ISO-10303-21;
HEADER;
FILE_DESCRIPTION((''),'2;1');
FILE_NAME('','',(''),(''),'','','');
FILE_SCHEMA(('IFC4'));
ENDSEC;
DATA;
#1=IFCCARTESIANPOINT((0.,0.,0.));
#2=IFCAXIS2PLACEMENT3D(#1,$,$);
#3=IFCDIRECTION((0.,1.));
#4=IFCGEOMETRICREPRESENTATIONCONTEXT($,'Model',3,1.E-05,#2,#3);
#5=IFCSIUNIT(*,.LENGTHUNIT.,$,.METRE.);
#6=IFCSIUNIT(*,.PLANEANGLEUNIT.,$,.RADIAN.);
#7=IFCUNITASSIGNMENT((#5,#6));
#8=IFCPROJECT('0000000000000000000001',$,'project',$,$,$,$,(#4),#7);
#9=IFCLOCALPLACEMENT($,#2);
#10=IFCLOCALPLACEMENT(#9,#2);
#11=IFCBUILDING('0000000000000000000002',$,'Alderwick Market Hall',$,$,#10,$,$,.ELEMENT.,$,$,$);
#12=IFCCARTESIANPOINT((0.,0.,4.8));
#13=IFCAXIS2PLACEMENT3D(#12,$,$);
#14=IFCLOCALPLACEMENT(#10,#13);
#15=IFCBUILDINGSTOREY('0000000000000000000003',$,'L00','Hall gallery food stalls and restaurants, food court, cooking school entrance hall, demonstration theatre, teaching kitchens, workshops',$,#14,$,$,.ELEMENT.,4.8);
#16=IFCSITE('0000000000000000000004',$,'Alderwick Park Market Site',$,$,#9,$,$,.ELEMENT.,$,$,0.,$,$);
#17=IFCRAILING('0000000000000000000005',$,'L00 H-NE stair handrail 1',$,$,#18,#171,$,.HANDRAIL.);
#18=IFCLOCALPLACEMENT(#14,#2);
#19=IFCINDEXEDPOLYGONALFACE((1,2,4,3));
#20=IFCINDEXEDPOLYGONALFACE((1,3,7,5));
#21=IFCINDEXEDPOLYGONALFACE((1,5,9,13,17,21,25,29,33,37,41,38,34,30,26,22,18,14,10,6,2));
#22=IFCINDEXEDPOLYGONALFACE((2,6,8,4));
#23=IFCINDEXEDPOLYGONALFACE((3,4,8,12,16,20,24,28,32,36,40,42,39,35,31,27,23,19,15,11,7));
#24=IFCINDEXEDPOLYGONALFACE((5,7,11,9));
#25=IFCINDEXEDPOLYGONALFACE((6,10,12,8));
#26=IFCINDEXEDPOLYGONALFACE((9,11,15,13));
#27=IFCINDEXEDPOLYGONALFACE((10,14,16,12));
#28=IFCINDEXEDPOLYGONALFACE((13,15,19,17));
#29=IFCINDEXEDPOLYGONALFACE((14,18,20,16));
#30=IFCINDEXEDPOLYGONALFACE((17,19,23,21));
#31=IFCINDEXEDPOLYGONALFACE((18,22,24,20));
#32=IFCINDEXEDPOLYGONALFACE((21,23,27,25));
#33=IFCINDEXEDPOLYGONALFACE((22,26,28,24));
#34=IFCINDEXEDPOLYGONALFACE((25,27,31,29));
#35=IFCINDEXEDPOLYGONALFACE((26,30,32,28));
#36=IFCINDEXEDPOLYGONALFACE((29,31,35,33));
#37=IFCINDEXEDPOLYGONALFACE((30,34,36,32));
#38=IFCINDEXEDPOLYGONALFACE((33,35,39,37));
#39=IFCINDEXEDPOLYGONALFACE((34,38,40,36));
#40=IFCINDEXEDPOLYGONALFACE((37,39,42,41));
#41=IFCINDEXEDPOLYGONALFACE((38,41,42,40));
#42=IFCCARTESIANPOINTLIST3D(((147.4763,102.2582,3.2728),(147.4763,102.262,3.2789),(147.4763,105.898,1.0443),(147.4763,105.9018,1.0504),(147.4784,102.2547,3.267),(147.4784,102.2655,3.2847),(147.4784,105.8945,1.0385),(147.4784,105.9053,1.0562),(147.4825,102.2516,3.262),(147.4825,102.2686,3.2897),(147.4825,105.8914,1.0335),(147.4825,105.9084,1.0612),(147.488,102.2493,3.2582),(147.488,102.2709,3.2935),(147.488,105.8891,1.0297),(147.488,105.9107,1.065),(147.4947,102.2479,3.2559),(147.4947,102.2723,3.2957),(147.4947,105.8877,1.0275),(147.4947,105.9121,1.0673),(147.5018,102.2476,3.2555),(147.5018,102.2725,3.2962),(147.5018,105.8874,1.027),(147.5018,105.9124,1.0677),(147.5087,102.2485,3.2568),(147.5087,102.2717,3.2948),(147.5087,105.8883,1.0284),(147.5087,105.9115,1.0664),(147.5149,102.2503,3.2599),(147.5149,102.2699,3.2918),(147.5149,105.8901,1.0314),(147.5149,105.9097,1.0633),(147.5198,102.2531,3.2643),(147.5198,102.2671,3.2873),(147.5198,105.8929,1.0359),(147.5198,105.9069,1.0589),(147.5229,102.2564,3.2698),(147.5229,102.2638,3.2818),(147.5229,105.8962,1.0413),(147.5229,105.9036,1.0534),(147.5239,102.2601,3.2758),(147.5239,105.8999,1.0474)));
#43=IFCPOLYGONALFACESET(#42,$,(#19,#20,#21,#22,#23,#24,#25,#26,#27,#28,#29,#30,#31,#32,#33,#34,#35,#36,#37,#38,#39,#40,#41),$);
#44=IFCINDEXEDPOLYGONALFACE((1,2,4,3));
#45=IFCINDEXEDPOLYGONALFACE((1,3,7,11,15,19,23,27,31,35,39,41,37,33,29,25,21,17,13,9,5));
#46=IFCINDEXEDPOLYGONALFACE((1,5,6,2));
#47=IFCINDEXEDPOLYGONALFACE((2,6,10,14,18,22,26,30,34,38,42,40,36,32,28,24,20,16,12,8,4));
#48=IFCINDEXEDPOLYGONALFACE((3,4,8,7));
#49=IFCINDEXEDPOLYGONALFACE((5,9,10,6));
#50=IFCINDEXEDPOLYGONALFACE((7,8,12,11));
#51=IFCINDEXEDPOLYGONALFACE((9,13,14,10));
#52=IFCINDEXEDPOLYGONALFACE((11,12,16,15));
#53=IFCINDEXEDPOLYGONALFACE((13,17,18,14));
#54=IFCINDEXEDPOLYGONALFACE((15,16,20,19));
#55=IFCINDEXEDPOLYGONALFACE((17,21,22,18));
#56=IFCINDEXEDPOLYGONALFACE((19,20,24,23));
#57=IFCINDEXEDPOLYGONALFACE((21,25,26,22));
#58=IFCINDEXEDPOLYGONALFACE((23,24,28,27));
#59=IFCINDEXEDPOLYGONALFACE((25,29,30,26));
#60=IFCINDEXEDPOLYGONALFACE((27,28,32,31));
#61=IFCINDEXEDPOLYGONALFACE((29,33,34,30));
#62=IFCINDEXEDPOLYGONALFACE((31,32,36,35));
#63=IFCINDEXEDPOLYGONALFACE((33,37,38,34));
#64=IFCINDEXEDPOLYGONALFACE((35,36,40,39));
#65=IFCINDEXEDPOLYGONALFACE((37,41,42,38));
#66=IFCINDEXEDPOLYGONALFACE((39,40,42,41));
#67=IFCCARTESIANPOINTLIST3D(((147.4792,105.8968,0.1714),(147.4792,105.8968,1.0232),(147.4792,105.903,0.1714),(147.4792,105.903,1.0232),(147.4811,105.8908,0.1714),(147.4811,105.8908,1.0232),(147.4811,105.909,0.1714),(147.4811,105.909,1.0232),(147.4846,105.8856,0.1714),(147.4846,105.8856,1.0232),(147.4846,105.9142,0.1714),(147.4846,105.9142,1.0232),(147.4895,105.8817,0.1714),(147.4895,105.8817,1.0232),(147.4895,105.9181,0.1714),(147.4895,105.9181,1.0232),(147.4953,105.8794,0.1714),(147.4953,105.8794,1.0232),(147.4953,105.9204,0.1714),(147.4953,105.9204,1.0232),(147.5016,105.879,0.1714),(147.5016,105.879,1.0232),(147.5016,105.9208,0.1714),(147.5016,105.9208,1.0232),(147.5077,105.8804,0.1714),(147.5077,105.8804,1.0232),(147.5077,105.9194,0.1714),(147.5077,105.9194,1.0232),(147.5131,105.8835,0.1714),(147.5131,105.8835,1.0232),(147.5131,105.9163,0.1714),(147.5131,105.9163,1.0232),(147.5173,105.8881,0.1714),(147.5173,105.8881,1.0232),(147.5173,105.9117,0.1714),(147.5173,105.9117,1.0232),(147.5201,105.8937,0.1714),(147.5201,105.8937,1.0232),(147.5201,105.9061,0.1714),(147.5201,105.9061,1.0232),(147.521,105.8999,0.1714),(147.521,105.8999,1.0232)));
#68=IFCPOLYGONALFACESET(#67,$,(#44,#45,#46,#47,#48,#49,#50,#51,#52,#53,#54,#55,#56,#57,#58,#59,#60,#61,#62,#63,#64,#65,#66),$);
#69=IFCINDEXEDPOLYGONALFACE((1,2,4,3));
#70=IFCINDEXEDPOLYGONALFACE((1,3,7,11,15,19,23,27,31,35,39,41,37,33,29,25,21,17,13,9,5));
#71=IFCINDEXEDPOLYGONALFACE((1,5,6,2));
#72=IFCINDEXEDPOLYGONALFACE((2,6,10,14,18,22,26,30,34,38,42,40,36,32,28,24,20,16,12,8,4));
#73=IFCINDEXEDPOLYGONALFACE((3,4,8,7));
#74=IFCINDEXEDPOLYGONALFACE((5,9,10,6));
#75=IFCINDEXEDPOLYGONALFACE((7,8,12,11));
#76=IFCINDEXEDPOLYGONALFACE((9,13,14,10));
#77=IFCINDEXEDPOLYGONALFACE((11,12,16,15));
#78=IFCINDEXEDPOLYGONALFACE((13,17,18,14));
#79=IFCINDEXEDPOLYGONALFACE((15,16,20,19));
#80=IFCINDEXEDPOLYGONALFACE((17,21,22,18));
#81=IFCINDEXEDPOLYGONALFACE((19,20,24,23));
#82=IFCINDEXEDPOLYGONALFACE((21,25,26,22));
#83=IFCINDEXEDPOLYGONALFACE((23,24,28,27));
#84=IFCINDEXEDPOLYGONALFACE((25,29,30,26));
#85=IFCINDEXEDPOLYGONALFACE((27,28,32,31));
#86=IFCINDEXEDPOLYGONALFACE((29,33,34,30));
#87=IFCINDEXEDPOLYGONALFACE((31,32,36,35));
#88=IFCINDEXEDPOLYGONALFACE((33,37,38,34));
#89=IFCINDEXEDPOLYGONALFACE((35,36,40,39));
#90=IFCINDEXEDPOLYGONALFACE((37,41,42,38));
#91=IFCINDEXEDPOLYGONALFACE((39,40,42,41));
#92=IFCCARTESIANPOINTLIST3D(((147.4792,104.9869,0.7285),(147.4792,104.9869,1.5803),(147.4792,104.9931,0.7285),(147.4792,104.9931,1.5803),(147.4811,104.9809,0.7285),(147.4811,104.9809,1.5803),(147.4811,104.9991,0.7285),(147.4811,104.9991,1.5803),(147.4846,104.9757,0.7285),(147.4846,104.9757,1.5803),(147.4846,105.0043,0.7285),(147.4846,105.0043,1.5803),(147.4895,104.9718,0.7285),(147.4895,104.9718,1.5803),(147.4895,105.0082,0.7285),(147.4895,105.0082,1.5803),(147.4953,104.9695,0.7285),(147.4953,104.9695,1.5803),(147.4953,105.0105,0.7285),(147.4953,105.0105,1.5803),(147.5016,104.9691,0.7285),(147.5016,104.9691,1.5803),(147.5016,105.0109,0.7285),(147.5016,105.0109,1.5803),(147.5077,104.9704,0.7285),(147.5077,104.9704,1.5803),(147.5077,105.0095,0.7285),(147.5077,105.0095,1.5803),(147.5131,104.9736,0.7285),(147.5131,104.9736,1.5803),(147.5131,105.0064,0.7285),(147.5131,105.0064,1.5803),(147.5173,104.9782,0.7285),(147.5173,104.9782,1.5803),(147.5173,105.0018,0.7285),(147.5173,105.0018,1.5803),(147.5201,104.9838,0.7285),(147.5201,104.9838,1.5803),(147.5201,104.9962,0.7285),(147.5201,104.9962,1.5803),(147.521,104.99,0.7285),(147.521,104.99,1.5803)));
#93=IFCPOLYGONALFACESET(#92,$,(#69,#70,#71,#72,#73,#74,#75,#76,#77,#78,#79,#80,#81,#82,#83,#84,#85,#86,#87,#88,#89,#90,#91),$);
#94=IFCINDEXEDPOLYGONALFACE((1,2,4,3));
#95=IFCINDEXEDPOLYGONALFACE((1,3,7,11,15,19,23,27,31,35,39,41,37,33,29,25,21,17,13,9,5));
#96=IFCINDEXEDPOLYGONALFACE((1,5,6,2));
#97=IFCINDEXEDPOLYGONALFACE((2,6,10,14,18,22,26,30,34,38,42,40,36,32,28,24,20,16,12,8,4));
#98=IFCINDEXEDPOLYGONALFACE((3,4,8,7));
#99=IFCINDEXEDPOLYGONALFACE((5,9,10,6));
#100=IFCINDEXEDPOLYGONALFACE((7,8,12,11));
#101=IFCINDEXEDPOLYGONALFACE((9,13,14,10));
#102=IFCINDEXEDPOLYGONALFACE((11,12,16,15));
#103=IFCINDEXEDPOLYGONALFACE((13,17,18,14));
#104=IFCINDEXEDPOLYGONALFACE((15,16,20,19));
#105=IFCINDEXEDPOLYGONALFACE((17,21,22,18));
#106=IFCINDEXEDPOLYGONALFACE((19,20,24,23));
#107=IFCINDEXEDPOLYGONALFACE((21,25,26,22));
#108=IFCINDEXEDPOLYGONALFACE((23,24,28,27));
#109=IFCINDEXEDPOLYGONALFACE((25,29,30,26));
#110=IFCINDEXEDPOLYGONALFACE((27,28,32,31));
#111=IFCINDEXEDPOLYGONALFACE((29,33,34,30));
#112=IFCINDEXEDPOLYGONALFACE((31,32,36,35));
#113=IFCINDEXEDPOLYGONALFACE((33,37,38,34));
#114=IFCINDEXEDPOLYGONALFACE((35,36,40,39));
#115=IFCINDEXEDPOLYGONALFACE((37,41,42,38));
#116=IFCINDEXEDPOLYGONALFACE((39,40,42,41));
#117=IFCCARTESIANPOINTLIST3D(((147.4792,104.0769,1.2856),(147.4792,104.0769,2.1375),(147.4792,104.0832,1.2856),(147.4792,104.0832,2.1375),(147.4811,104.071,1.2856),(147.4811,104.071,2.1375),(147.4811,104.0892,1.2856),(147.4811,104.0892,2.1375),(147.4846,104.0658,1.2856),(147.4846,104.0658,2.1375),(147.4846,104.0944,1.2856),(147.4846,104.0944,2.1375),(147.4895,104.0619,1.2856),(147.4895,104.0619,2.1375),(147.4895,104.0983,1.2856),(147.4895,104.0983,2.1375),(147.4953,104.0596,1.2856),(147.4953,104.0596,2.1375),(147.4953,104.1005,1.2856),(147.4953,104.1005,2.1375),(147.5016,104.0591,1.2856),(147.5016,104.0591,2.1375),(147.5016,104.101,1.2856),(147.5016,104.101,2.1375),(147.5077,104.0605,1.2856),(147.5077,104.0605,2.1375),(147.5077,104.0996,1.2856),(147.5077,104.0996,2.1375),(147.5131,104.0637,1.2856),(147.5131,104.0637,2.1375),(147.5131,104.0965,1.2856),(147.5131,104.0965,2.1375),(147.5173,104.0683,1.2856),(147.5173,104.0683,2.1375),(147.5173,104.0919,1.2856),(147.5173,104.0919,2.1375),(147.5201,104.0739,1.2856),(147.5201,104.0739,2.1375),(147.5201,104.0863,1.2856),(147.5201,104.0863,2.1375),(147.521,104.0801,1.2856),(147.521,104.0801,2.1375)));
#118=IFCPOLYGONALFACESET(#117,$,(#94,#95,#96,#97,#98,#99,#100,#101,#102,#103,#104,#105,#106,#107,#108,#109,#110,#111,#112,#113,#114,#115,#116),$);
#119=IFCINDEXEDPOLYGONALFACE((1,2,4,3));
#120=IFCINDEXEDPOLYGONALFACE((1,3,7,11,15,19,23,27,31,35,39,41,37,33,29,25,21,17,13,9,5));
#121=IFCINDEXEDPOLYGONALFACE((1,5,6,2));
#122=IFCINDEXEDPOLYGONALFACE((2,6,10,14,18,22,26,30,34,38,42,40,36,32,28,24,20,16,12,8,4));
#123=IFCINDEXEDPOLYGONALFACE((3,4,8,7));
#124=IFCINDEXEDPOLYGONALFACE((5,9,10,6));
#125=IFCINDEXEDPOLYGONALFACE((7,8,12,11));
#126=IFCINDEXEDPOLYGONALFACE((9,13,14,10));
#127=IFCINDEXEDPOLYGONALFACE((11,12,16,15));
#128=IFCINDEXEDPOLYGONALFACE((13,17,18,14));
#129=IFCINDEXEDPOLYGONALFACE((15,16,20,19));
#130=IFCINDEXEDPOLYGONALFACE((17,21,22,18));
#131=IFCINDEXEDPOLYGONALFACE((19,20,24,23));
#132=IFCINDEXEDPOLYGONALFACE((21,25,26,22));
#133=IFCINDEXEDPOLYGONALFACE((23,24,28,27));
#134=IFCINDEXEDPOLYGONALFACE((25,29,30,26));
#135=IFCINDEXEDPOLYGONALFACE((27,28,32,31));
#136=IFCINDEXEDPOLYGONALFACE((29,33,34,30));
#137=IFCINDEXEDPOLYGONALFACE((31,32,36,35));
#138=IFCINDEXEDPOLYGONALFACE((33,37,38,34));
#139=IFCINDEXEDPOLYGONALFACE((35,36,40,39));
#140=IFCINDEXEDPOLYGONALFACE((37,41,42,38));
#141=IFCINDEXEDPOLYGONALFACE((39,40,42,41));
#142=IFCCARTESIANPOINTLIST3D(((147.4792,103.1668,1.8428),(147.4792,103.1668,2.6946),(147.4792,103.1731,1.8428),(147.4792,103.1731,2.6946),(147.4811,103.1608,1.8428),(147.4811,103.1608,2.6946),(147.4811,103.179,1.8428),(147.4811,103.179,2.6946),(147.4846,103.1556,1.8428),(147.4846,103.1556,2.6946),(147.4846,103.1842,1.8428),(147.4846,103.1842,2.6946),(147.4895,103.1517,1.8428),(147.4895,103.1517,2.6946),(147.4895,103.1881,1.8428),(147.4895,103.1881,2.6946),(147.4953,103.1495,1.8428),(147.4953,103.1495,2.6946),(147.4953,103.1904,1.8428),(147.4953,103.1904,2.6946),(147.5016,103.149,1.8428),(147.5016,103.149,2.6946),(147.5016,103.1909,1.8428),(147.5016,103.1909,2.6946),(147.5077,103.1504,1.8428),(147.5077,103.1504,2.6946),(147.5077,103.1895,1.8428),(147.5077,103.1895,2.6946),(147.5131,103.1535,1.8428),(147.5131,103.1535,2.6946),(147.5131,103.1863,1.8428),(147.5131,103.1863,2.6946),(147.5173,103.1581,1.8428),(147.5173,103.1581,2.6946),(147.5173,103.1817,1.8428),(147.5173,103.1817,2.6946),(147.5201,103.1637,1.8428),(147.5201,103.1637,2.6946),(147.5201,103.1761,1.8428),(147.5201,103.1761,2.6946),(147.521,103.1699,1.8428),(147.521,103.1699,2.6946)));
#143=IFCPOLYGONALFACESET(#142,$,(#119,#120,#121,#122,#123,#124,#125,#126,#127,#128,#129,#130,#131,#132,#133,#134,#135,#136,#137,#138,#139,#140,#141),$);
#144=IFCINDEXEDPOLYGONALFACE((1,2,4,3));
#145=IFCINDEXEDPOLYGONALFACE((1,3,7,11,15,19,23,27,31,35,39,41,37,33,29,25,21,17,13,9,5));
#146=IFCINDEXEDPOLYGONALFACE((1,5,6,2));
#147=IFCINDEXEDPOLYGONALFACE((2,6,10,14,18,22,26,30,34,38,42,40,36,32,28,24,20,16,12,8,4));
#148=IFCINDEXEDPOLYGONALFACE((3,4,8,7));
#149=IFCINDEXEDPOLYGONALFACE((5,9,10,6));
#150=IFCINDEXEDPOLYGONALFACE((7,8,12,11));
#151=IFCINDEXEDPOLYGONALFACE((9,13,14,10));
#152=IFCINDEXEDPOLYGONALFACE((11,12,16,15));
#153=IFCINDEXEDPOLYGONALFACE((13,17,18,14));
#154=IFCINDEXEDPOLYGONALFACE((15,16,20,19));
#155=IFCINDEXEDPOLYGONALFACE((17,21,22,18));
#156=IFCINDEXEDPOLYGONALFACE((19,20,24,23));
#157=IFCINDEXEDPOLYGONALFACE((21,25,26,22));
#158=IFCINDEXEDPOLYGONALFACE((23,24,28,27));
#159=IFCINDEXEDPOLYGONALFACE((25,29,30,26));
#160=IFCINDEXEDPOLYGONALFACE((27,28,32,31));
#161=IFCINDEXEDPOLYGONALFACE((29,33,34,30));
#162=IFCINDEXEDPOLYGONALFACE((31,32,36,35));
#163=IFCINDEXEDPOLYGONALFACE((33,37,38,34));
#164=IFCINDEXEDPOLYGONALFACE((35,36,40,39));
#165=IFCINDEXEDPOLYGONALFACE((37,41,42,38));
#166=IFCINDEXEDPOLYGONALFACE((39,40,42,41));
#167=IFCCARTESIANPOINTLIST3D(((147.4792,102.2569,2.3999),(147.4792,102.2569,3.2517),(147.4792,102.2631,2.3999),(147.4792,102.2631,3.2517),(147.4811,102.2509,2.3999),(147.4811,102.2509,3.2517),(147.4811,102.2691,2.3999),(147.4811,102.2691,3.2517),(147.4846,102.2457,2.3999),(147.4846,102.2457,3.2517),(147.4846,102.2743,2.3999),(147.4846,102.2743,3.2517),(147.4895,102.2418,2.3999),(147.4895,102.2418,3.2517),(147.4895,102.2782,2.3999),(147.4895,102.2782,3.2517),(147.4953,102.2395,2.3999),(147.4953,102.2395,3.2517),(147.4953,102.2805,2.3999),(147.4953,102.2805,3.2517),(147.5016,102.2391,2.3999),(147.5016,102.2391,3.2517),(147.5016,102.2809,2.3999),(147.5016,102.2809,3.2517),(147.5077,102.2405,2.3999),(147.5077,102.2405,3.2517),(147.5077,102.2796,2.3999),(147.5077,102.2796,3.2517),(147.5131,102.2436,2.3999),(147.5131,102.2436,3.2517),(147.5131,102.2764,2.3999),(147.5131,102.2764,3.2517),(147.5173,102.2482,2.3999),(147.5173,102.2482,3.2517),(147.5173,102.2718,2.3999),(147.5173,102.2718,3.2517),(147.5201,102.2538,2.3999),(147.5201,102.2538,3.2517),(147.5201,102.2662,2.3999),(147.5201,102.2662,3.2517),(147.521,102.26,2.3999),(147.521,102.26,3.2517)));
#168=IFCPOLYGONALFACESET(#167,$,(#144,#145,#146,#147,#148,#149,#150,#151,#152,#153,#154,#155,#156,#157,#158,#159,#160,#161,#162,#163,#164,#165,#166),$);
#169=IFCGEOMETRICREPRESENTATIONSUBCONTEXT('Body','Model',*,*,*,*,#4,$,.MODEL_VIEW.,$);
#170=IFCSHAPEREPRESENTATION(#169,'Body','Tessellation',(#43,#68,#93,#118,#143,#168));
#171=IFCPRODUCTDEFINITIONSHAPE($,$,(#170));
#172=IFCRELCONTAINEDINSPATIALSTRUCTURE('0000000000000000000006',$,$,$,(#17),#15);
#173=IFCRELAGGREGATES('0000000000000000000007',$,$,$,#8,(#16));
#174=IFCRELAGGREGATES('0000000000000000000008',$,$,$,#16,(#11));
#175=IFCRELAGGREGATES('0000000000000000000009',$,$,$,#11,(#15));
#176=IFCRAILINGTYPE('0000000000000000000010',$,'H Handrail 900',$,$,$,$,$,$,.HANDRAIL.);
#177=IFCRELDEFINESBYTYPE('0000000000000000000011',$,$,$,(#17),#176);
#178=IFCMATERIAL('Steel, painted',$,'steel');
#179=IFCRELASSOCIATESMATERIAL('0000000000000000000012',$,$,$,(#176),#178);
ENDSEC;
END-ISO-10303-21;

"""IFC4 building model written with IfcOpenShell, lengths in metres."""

from ifc_helpers import new_model, si_unit, direction, frame, origin, origin_2d, place, context, subcontext, project, spatial, circle, extrude, material, type_object, element, save


model = new_model("IFC4")

# Units and contexts
model_context = context("Model", 3, precision=1e-05, world=origin(), true_north=direction((0.0, 1.0)))
body_context = subcontext(model_context, "Body", "Model", "MODEL_VIEW")
ifc_project = project(units=[si_unit("LENGTHUNIT", "METRE"), si_unit("PLANEANGLEUNIT", "RADIAN")], contexts=[model_context])

# Site, building, storey
site_placement = place(None, origin())
site = spatial("IfcSite", under=ifc_project, at=site_placement, Name="Alderwick Park Market Site", CompositionType="ELEMENT", RefElevation=0.0)
building_placement = place(site_placement, origin())
building = spatial("IfcBuilding", under=site, at=building_placement, Name="Alderwick Market Hall", CompositionType="ELEMENT")
storey_placement = place(building_placement, frame((0.0, 0.0, 4.8)))
storey = spatial("IfcBuildingStorey", under=building, at=storey_placement, Name="L00", Description="Hall gallery food stalls and restaurants, food court, cooking school entrance hall, demonstration theatre, teaching kitchens, workshops", CompositionType="ELEMENT", Elevation=4.8)

# Railing
ifc_material_1 = material(Name="Steel, painted", Category="steel")
railing_type_1 = type_object("IfcRailingType", Name="H Handrail 900", PredefinedType="HANDRAIL", material=ifc_material_1)
railing_1_placement = place(storey_placement, frame((147.5, 105.8999, 0.1714)))
element("IfcRailing", 1, at=railing_1_placement, inside=storey, type_object=railing_type_1, Name="L00 H-NE stair handrail 1", PredefinedType="HANDRAIL", context=body_context, shape_type="SweptSolid", body=[
    extrude(circle(Radius=0.0239, at=origin_2d()), frame((0.0, 0.0, 0.876), z_axis=(0.0, -0.85285, 0.522156), x_axis=(1.0, 0.0, 0.0)), (0.0, 0.0, 1.0), 4.2678),
    extrude(circle(Radius=0.021, at=origin_2d()), origin(), (0.0, 0.0, 1.0), 0.8518),
    extrude(circle(Radius=0.021, at=origin_2d()), frame((0.0, -0.9099, 0.5571)), (0.0, 0.0, 1.0), 0.8518),
    extrude(circle(Radius=0.021, at=origin_2d()), frame((0.0, -1.8198, 1.1143)), (0.0, 0.0, 1.0), 0.8518),
    extrude(circle(Radius=0.021, at=origin_2d()), frame((0.0, -2.73, 1.6714)), (0.0, 0.0, 1.0), 0.8518),
    extrude(circle(Radius=0.021, at=origin_2d()), frame((0.0, -3.6399, 2.2285)), (0.0, 0.0, 1.0), 0.8518),
])

save(model, "model.ifc")
